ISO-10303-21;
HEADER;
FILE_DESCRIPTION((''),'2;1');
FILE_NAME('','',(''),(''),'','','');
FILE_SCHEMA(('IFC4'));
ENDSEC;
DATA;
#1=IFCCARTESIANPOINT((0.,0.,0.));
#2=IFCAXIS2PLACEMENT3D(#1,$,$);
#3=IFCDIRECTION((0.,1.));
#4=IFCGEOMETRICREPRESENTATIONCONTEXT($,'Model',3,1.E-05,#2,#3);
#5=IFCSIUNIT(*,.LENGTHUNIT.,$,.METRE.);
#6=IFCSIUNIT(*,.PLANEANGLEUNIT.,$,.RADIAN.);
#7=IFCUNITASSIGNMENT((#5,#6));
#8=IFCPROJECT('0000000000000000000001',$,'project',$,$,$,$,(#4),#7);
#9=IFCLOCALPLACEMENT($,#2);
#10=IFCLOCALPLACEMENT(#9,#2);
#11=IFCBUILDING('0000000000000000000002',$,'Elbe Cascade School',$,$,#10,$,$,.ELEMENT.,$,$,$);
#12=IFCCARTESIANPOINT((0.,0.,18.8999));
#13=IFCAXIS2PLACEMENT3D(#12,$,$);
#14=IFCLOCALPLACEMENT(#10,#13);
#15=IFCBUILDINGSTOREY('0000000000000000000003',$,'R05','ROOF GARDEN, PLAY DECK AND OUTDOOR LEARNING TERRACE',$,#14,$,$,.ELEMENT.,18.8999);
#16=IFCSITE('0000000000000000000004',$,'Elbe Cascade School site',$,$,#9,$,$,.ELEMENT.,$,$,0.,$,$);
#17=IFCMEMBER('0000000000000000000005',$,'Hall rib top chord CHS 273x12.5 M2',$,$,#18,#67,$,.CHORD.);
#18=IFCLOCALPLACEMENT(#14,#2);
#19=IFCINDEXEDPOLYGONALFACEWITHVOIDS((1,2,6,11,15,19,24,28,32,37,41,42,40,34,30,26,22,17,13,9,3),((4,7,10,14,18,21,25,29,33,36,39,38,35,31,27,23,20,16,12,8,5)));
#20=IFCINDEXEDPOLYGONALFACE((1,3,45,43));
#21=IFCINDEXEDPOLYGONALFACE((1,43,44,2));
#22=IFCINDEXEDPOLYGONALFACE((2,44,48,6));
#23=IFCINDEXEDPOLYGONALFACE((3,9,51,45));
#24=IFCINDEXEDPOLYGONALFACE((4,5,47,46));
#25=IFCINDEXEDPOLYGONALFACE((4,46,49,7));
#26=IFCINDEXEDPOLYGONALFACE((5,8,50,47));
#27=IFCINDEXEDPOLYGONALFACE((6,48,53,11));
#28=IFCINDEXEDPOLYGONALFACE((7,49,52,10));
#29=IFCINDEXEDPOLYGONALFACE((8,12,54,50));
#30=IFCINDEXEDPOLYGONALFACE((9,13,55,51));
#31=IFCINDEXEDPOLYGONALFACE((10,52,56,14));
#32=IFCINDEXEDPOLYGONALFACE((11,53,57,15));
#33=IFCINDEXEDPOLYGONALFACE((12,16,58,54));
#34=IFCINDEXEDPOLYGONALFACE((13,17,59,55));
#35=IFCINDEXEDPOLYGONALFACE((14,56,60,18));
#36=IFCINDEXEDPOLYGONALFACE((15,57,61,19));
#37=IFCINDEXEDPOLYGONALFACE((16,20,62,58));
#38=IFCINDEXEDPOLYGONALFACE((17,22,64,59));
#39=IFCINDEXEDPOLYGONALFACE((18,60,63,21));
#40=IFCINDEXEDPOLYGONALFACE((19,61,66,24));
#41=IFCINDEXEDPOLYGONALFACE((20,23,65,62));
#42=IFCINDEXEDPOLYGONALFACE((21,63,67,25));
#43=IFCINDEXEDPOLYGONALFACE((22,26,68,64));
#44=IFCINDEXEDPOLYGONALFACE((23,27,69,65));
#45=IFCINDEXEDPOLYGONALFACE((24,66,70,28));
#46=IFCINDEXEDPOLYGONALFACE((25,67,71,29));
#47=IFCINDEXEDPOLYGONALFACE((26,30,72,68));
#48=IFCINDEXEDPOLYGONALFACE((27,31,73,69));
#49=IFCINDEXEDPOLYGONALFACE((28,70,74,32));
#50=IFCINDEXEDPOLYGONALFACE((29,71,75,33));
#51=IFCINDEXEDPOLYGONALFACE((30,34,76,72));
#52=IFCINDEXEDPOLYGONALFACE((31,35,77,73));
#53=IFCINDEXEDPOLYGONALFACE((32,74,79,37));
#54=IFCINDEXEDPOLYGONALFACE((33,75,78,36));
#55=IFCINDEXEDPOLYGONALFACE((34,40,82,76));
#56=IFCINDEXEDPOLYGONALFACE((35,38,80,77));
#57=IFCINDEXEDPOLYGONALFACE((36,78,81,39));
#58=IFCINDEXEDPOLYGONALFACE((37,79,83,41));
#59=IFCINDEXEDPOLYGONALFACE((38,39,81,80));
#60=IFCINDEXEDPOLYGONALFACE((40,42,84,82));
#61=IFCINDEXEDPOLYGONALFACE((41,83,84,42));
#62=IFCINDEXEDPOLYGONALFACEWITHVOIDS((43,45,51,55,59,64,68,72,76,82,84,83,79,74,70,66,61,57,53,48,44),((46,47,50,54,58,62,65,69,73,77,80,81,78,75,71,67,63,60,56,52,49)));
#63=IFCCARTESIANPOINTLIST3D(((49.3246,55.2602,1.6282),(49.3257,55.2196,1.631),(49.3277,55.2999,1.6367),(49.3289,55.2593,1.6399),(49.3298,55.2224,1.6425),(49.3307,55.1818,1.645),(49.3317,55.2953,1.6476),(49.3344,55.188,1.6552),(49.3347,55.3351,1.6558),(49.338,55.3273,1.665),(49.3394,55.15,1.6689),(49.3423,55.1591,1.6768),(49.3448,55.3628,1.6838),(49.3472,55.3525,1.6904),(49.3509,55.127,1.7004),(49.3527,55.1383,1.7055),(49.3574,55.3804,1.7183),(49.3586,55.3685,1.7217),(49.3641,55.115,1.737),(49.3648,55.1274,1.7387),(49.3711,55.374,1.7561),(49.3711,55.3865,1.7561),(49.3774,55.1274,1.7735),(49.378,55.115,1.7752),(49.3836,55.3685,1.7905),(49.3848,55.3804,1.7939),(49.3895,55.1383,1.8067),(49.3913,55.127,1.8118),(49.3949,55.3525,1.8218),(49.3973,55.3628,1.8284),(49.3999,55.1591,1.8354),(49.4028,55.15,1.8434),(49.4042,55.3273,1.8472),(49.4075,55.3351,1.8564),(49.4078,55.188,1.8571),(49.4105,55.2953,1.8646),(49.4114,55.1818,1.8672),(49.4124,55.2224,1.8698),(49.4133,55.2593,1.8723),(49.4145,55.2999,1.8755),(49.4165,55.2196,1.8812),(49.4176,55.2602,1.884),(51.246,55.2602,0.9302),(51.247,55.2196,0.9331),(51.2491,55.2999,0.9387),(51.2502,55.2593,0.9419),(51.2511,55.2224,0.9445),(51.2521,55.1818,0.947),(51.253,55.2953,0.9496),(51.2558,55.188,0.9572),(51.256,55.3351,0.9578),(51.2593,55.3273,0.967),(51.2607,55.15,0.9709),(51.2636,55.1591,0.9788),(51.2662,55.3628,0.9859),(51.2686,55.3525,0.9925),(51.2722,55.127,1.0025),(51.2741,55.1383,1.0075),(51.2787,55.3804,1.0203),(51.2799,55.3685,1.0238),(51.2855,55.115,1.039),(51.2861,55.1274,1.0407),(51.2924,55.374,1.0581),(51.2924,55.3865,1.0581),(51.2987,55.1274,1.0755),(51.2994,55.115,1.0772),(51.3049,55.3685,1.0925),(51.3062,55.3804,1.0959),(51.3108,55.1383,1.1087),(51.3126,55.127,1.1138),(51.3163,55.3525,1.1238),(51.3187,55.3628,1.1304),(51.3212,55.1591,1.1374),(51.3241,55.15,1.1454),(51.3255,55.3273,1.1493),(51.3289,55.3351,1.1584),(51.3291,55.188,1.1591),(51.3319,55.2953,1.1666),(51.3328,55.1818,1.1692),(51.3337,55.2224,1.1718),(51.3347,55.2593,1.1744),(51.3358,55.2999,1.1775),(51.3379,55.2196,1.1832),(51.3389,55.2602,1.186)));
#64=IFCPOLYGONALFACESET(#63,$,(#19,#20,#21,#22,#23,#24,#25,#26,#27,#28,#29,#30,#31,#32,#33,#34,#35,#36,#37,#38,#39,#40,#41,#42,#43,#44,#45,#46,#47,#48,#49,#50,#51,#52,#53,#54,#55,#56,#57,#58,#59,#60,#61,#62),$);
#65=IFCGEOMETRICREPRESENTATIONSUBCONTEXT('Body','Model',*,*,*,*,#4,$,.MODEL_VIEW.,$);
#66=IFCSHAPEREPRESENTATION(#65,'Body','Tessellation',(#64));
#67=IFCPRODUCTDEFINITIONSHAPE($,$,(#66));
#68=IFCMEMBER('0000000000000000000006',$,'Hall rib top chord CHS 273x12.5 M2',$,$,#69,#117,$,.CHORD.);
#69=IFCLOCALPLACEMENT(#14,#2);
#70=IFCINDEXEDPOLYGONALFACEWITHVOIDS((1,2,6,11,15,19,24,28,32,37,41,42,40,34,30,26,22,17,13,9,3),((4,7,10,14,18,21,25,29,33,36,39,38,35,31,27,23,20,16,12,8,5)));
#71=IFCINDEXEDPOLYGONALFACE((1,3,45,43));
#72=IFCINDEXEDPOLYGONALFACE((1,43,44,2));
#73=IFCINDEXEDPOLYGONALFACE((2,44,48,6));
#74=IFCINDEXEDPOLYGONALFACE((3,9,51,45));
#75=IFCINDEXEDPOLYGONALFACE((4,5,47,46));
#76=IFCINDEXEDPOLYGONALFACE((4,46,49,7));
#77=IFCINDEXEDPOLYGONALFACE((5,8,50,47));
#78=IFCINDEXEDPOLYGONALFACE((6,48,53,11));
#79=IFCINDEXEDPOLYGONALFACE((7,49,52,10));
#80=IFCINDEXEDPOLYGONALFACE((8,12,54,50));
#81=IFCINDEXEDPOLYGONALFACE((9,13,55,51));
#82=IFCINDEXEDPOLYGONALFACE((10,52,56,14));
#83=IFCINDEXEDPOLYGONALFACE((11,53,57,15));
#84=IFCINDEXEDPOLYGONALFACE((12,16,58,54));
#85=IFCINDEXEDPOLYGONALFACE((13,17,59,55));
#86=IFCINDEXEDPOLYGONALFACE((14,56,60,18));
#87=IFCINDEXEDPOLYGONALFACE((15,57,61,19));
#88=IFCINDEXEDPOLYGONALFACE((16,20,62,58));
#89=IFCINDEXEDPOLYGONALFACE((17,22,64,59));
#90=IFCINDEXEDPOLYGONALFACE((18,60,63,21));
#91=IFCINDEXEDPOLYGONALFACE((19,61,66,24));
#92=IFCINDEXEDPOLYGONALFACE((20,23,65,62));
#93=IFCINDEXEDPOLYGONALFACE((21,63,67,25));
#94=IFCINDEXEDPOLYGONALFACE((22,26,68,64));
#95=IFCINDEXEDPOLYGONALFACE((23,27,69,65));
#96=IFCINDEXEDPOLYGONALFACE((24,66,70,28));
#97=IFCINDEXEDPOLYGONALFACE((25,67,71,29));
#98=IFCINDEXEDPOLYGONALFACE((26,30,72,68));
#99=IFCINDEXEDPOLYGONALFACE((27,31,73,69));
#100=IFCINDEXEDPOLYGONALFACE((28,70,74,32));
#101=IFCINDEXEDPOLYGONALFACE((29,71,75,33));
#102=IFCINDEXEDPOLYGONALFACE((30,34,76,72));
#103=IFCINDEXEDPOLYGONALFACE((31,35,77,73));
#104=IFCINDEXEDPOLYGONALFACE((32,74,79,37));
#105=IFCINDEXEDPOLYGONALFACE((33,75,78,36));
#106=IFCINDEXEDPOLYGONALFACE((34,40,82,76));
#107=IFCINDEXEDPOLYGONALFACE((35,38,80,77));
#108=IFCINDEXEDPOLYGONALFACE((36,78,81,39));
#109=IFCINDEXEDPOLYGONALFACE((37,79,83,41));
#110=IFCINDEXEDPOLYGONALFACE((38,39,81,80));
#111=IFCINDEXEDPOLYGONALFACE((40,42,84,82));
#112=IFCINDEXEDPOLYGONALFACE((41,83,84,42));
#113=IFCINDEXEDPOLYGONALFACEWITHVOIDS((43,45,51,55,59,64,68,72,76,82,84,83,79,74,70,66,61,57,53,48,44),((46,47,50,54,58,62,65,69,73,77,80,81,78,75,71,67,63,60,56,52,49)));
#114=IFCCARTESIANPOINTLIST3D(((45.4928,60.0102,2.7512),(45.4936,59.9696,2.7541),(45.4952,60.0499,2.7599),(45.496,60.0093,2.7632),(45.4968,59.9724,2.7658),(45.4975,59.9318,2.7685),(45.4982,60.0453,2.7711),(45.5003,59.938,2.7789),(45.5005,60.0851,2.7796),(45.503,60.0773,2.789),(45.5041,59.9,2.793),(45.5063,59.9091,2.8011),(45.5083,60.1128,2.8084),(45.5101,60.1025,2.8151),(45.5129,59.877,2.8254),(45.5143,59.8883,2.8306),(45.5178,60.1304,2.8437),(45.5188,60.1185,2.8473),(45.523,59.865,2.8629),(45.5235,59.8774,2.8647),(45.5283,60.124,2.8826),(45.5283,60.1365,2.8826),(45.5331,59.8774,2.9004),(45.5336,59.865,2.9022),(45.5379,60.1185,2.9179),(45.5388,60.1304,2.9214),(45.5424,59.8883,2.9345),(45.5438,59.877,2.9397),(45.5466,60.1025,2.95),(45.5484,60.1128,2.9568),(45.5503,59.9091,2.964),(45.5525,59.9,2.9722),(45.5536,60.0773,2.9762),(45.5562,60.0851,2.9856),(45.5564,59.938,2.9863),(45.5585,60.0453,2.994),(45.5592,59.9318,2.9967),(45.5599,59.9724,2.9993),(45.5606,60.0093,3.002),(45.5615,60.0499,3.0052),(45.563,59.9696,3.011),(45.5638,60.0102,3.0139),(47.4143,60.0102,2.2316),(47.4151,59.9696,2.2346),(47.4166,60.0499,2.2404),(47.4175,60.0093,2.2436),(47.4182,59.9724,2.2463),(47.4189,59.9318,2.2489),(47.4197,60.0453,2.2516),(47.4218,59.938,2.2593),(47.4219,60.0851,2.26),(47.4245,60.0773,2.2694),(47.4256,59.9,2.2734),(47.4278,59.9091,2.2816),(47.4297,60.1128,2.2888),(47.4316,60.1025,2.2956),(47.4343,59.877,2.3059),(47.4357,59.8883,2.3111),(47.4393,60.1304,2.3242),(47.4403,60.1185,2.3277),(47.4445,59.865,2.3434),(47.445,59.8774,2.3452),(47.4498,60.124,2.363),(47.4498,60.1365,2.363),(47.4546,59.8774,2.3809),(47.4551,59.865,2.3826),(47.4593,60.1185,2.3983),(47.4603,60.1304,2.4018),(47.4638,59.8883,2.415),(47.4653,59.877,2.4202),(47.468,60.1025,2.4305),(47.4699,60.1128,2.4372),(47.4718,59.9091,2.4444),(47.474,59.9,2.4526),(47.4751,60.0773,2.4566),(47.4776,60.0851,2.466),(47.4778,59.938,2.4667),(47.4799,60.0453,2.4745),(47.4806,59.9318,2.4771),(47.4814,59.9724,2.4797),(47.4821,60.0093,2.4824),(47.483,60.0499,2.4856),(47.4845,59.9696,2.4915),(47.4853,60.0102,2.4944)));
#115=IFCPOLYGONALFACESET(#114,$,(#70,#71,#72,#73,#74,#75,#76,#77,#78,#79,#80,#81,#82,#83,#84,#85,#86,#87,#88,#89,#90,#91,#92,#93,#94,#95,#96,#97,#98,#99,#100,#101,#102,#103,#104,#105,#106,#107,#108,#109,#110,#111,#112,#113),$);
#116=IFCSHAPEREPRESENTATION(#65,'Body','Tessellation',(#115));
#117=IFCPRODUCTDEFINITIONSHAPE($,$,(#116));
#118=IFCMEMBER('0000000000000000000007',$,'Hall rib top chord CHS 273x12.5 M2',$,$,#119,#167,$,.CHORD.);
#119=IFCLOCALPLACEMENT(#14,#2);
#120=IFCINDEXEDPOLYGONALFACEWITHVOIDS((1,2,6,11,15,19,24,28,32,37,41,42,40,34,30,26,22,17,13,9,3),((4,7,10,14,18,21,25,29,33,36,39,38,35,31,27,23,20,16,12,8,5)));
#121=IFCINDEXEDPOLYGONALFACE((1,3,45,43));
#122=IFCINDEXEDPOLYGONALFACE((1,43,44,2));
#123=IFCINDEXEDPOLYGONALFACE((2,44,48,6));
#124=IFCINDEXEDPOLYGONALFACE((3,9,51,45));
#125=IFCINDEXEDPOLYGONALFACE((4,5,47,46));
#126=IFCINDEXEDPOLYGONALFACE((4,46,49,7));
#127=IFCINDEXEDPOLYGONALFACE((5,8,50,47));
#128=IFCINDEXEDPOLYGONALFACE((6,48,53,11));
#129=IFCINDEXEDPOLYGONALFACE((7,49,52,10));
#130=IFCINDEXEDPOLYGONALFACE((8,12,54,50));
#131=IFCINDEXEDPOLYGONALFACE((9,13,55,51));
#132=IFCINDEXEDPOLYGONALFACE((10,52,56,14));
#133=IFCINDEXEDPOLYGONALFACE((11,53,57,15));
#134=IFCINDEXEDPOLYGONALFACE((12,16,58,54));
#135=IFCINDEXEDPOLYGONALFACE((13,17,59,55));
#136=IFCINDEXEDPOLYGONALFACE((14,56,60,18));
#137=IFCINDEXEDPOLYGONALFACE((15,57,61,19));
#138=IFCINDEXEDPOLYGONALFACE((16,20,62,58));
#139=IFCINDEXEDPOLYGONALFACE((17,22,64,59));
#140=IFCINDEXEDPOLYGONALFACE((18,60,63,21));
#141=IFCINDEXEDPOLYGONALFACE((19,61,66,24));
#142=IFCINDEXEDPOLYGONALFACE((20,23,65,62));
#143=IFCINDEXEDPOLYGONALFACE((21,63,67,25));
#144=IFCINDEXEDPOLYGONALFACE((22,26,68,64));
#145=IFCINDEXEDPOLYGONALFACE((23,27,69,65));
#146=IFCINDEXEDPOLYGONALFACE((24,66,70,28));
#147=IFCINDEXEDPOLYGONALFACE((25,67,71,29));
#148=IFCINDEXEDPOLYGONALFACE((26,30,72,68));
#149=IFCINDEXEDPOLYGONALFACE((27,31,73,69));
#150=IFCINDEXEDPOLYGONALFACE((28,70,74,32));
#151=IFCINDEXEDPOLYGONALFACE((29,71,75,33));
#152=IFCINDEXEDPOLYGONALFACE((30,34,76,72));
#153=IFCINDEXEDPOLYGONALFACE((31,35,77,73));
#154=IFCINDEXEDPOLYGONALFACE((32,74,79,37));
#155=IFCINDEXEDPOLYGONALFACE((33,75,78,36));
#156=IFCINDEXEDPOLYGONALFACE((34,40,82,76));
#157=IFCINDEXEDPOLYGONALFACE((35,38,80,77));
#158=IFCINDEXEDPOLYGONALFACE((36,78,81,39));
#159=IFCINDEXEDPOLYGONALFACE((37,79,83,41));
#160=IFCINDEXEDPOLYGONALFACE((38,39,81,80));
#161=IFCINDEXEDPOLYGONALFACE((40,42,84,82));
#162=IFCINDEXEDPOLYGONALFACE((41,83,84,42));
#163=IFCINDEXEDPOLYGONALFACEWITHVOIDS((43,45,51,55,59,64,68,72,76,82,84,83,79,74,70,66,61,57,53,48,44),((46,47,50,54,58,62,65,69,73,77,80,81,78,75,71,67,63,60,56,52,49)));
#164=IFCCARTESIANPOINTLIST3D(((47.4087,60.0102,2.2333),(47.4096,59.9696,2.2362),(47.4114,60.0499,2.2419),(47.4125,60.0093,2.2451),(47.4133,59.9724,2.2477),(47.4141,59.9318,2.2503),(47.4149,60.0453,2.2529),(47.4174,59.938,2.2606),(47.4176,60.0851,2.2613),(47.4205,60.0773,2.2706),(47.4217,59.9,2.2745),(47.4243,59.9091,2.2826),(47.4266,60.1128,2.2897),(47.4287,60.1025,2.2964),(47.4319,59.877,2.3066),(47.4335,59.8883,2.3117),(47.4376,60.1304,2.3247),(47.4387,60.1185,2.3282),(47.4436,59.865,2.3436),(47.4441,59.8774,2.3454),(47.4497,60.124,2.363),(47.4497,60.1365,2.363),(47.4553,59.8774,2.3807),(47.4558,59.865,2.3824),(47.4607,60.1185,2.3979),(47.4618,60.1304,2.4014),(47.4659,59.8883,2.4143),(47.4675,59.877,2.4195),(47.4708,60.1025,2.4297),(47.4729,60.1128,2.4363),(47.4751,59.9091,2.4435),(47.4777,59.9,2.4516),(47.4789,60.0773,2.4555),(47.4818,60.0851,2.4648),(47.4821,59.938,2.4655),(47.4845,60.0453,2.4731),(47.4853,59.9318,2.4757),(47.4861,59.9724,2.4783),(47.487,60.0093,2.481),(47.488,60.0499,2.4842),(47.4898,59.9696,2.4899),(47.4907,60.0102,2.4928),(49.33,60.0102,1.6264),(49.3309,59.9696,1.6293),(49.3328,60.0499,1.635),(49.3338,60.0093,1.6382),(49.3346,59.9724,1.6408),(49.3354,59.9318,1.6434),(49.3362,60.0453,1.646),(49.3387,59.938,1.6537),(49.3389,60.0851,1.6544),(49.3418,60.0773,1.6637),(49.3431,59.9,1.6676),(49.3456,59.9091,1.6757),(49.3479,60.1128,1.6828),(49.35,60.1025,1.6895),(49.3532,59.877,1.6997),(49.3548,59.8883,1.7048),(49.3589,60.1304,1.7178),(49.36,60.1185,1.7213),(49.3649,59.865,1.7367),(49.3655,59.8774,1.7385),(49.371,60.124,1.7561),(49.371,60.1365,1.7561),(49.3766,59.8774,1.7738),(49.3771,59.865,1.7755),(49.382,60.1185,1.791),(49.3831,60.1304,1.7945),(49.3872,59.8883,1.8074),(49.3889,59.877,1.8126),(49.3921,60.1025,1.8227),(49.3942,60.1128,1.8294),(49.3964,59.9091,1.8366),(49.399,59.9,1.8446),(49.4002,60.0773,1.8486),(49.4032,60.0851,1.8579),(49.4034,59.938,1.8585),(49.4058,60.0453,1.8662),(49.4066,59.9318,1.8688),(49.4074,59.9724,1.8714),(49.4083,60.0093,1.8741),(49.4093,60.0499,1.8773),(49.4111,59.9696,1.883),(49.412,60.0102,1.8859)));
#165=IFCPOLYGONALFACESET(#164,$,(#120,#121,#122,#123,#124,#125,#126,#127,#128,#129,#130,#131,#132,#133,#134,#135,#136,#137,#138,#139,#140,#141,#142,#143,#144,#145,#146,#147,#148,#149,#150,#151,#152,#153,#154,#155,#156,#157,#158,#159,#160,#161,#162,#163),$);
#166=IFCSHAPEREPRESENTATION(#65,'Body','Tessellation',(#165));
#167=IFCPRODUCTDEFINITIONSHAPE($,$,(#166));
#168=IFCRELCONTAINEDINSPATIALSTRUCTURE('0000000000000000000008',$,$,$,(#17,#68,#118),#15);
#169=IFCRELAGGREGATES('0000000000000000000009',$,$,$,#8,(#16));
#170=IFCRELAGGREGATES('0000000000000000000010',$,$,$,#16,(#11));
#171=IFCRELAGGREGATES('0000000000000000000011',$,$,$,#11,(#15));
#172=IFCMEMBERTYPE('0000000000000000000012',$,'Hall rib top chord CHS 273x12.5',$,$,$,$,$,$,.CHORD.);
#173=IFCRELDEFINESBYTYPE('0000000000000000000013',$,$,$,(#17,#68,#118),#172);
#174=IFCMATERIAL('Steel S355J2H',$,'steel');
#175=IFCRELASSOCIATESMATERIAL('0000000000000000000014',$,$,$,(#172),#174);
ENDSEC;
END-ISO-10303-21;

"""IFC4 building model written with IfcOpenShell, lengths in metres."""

from ifc_helpers import new_model, si_unit, direction, frame, origin, origin_2d, place, context, subcontext, project, spatial, hollow_circle, extrude, material, material_profile, profile_set, type_object, element, save


model = new_model("IFC4")

# Units and contexts
model_context = context("Model", 3, precision=1e-05, world=origin(), true_north=direction((0.0, 1.0)))
body_context = subcontext(model_context, "Body", "Model", "MODEL_VIEW")
ifc_project = project(units=[si_unit("LENGTHUNIT", "METRE"), si_unit("PLANEANGLEUNIT", "RADIAN")], contexts=[model_context])

# Site, building, storey
site_placement = place(None, origin())
site = spatial("IfcSite", under=ifc_project, at=site_placement, Name="Elbe Cascade School site", CompositionType="ELEMENT", RefElevation=0.0)
building_placement = place(site_placement, origin())
building = spatial("IfcBuilding", under=site, at=building_placement, Name="Elbe Cascade School", CompositionType="ELEMENT")
storey_placement = place(building_placement, frame((0.0, 0.0, 18.8999)))
storey = spatial("IfcBuildingStorey", under=building, at=storey_placement, Name="R05", Description="ROOF GARDEN, PLAY DECK AND OUTDOOR LEARNING TERRACE", CompositionType="ELEMENT", Elevation=18.8999)

# Members
ifc_material_1 = material(Name="Steel S355J2H", Category="steel")
ifc_material_profile_1 = material_profile(ifc_material_1, hollow_circle(Radius=0.1365, WallThickness=0.0125, at=origin_2d()), Name="CHS 273x12.5")
ifc_profile_set_1 = profile_set([ifc_material_profile_1], Name="Steel S355J2H")
member_type_1 = type_object("IfcMemberType", Name="Hall rib top chord CHS 273x12.5", PredefinedType="CHORD", material=ifc_profile_set_1)
member_1_placement = place(storey_placement, frame((49.3711, 55.25, 1.7561), z_axis=(0.939901, 0.0, -0.341446), x_axis=(0.0, 1.0, 0.0)))
element("IfcMember", 1, at=member_1_placement, inside=storey, type_object=member_type_1, Name="Hall rib top chord CHS 273x12.5 M2", PredefinedType="CHORD", context=body_context, shape_type="SweptSolid", body=[
    extrude(hollow_circle(Radius=0.1365, WallThickness=0.0125, at=origin_2d()), origin(), (0.0, 0.0, 1.0), 2.0442),
])
member_2_placement = place(storey_placement, frame((45.5283, 60.0, 2.8826), z_axis=(0.965333, 0.0, -0.26102), x_axis=(0.0, 1.0, 0.0)))
element("IfcMember", 2, at=member_2_placement, inside=storey, type_object=member_type_1, Name="Hall rib top chord CHS 273x12.5 M2", PredefinedType="CHORD", context=body_context, shape_type="SweptSolid", body=[
    extrude(hollow_circle(Radius=0.1365, WallThickness=0.0125, at=origin_2d()), origin(), (0.0, 0.0, 1.0), 1.9905),
])
member_3_placement = place(storey_placement, frame((47.4497, 60.0, 2.363), z_axis=(0.953557, 0.0, -0.301213), x_axis=(0.0, 1.0, 0.0)))
element("IfcMember", 3, at=member_3_placement, inside=storey, type_object=member_type_1, Name="Hall rib top chord CHS 273x12.5 M2", PredefinedType="CHORD", context=body_context, shape_type="SweptSolid", body=[
    extrude(hollow_circle(Radius=0.1365, WallThickness=0.0125, at=origin_2d()), origin(), (0.0, 0.0, 1.0), 2.0149),
])

save(model, "model.ifc")
